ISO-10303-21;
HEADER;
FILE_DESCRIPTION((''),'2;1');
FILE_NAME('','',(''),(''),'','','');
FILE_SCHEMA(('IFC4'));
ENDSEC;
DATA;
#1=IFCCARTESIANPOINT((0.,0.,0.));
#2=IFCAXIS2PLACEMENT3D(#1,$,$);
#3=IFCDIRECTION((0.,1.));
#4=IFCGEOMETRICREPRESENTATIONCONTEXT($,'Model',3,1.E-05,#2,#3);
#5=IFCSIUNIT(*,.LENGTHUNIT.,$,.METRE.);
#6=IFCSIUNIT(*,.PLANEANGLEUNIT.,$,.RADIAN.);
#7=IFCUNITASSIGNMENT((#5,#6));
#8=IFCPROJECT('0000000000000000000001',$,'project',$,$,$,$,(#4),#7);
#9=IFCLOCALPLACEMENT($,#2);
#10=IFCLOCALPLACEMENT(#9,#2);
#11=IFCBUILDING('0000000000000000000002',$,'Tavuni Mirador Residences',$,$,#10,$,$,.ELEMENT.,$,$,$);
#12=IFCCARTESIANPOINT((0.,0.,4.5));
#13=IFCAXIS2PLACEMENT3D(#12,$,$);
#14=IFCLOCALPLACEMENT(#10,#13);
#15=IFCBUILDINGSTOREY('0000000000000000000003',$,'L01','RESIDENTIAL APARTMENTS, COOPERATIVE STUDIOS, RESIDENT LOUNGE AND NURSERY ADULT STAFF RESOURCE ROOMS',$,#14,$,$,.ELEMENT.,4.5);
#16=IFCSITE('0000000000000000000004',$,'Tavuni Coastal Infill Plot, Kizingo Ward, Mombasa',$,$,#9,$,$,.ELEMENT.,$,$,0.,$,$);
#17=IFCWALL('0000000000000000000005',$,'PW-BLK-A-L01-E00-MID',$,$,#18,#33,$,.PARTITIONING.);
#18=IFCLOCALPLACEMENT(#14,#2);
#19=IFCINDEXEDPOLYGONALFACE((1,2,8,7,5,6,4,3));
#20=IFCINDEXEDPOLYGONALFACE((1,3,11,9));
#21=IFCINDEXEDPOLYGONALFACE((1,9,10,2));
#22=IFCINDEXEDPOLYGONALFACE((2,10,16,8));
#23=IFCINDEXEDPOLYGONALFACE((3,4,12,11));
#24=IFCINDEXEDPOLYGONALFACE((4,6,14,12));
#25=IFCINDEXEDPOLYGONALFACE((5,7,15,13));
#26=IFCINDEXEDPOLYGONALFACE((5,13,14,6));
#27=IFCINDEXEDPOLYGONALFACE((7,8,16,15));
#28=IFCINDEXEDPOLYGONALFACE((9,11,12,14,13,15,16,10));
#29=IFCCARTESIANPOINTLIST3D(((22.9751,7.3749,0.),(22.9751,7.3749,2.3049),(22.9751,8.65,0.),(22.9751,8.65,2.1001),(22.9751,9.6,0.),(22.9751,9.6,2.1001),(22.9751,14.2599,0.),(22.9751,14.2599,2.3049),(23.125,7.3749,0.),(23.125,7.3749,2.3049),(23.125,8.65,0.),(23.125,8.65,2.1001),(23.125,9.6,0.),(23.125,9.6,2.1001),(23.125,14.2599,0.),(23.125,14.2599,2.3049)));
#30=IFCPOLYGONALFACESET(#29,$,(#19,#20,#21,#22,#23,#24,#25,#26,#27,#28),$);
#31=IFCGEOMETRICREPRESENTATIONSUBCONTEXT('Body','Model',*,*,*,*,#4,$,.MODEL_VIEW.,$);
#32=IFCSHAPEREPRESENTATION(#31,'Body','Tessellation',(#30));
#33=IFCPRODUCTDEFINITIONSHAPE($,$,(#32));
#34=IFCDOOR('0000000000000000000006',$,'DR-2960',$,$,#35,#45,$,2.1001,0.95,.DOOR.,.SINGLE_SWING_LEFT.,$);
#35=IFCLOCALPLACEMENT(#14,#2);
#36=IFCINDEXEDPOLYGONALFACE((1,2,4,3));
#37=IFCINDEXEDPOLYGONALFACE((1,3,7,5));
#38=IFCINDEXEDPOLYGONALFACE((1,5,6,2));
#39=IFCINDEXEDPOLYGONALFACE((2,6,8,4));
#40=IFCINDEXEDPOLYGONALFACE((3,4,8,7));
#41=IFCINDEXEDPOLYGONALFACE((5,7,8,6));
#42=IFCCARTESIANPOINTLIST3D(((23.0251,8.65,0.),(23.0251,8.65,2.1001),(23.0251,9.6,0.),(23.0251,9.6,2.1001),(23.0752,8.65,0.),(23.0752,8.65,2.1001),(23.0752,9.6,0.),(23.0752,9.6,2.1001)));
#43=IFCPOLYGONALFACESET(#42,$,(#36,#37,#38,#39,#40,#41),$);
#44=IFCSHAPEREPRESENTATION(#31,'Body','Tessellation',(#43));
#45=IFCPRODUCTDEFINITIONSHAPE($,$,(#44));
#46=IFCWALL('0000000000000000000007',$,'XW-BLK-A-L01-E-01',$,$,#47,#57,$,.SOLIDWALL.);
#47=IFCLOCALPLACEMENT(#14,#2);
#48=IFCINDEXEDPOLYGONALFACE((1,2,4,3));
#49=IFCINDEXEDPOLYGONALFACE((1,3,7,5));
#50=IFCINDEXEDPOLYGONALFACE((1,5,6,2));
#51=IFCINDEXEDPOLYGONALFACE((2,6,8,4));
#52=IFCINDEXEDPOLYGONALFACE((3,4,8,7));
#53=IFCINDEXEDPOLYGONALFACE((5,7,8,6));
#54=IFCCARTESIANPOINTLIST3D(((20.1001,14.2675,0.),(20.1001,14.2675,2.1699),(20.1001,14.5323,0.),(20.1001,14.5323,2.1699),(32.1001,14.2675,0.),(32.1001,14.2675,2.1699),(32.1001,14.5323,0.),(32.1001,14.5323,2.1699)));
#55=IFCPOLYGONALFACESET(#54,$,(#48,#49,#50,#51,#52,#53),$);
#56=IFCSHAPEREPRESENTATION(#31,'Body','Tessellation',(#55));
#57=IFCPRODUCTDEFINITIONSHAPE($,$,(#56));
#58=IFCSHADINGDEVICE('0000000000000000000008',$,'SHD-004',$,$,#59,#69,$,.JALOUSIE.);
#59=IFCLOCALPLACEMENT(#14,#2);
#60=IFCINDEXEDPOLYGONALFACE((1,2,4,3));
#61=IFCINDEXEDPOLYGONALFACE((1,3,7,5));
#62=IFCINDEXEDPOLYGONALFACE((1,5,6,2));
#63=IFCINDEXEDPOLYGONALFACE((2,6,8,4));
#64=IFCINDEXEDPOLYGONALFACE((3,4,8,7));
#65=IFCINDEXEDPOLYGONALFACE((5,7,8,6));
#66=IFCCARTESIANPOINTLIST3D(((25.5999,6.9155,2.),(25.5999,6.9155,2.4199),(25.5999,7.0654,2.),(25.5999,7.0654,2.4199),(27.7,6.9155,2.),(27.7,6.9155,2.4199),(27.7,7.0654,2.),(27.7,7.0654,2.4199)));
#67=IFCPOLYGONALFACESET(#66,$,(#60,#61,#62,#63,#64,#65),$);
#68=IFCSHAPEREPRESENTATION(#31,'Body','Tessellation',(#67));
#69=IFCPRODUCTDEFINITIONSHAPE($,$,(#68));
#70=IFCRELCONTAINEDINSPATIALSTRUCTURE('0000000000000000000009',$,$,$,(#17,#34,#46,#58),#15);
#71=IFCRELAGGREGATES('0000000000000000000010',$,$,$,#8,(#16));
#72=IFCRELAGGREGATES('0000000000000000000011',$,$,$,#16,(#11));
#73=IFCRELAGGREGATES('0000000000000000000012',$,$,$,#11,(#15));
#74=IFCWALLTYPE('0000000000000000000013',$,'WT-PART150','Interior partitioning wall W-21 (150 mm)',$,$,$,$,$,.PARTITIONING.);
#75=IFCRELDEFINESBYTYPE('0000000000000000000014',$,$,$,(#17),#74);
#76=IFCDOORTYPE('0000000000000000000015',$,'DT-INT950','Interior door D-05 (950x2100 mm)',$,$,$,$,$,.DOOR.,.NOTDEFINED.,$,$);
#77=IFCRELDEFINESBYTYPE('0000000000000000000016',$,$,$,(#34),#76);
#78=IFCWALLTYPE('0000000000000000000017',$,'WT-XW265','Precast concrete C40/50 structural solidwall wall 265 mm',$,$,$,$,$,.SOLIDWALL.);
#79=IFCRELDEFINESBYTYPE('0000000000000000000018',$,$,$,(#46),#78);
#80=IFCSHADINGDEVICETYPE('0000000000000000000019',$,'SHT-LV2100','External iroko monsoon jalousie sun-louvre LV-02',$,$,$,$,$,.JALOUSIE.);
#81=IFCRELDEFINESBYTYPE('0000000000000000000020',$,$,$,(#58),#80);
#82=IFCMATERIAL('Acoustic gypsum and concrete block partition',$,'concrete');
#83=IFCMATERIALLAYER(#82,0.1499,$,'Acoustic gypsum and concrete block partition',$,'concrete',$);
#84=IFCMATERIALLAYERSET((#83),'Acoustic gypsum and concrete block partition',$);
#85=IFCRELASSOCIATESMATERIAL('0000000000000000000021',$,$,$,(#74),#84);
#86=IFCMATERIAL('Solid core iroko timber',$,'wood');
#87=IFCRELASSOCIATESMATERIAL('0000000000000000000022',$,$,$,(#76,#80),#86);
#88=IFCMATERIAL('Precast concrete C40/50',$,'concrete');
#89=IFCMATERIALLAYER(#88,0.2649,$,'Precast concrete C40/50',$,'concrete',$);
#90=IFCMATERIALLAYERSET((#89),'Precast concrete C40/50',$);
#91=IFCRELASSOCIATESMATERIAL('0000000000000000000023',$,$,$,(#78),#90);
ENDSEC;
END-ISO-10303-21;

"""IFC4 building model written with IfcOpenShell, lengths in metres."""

from ifc_helpers import new_model, si_unit, direction, frame, frame_2d, origin, origin_2d, place, context, subcontext, project, spatial, rectangle, extrude, material, layer, layer_set, type_object, element, fill, save


model = new_model("IFC4")

# Units and contexts
model_context = context("Model", 3, precision=1e-05, world=origin(), true_north=direction((0.0, 1.0)))
body_context = subcontext(model_context, "Body", "Model", "MODEL_VIEW")
ifc_project = project(units=[si_unit("LENGTHUNIT", "METRE"), si_unit("PLANEANGLEUNIT", "RADIAN")], contexts=[model_context])

# Site, building, storey
site_placement = place(None, origin())
site = spatial("IfcSite", under=ifc_project, at=site_placement, Name="Tavuni Coastal Infill Plot, Kizingo Ward, Mombasa", CompositionType="ELEMENT", RefElevation=0.0)
building_placement = place(site_placement, origin())
building = spatial("IfcBuilding", under=site, at=building_placement, Name="Tavuni Mirador Residences", CompositionType="ELEMENT")
storey_placement = place(building_placement, frame((0.0, 0.0, 4.5)))
storey = spatial("IfcBuildingStorey", under=building, at=storey_placement, Name="L01", Description="RESIDENTIAL APARTMENTS, COOPERATIVE STUDIOS, RESIDENT LOUNGE AND NURSERY ADULT STAFF RESOURCE ROOMS", CompositionType="ELEMENT", Elevation=4.5)

# Shared definitions
ifc_material_1 = material(Name="Precast concrete C40/50", Category="concrete")

# Shared definitions
ifc_material_2 = material(Name="Solid core iroko timber", Category="wood")

# Wall, opening, door
ifc_material_3 = material(Name="Acoustic gypsum and concrete block partition", Category="concrete")
ifc_layer_1 = layer(ifc_material_3, 0.1499, Name="Acoustic gypsum and concrete block partition", Category="concrete")
ifc_layer_set_1 = layer_set([ifc_layer_1], Name="Acoustic gypsum and concrete block partition")
wall_type_1 = type_object("IfcWallType", Name="WT-PART150", Description="Interior partitioning wall W-21 (150 mm)", PredefinedType="PARTITIONING", material=ifc_layer_set_1)
wall_1_placement = place(storey_placement, frame((23.05, 7.375, 0.0), z_axis=(0.0, 0.0, 1.0), x_axis=(0.0, 1.0, 0.0)))
wall_1 = element("IfcWall", 1, at=wall_1_placement, inside=storey, type_object=wall_type_1, Name="PW-BLK-A-L01-E00-MID", PredefinedType="PARTITIONING", context=body_context, shape_type="SweptSolid", body=[
    extrude(rectangle(XDim=6.885, YDim=0.1499, at=frame_2d((3.4424, 0.0))), origin(), (0.0, 0.0, 1.0), 2.3049),
])
opening_1_placement = place(wall_1_placement, frame((1.2749, 0.0, 0.0)))
opening_1 = element("IfcOpeningElement", 2, at=opening_1_placement, cuts=wall_1, PredefinedType="OPENING", context=body_context, shape_type="SweptSolid", body=[
    extrude(rectangle(XDim=0.95, YDim=2.1001, at=frame_2d((0.4751, 1.05))), frame((0.0, 0.085, 0.0), z_axis=(0.0, -1.0, 0.0), x_axis=(1.0, 0.0, 0.0)), (0.0, 0.0, 1.0), 0.1699),
])
door_type_1 = type_object("IfcDoorType", Name="DT-INT950", Description="Interior door D-05 (950x2100 mm)", OperationType="NOTDEFINED", PredefinedType="DOOR", material=ifc_material_2)
door_1_placement = place(opening_1_placement, origin())
door_1 = element("IfcDoor", 3, at=door_1_placement, inside=storey, type_object=door_type_1, Name="DR-2960", OperationType="SINGLE_SWING_LEFT", OverallHeight=2.1001, OverallWidth=0.95, PredefinedType="DOOR", context=body_context, shape_type="SweptSolid", body=[
    extrude(rectangle(XDim=0.95, YDim=2.1001, at=frame_2d((0.4751, 1.05))), frame((0.0, 0.0249, 0.0), z_axis=(0.0, -1.0, 0.0), x_axis=(1.0, 0.0, 0.0)), (0.0, 0.0, 1.0), 0.05),
])
fill(opening_1, door_1)

# Wall
ifc_layer_2 = layer(ifc_material_1, 0.2649, Name="Precast concrete C40/50", Category="concrete")
ifc_layer_set_2 = layer_set([ifc_layer_2], Name="Precast concrete C40/50")
wall_type_2 = type_object("IfcWallType", Name="WT-XW265", Description="Precast concrete C40/50 structural solidwall wall 265 mm", PredefinedType="SOLIDWALL", material=ifc_layer_set_2)
wall_2_placement = place(storey_placement, frame((20.1001, 14.3999, 0.0), z_axis=(0.0, 0.0, 1.0), x_axis=(1.0, 0.0, 0.0)))
element("IfcWall", 4, at=wall_2_placement, inside=storey, type_object=wall_type_2, Name="XW-BLK-A-L01-E-01", PredefinedType="SOLIDWALL", context=body_context, shape_type="SweptSolid", body=[
    extrude(rectangle(XDim=12.0, YDim=0.2649, at=frame_2d((6.0, 0.0))), origin(), (0.0, 0.0, 1.0), 2.1699),
])

# Shading device
shading_device_type = type_object("IfcShadingDeviceType", Name="SHT-LV2100", Description="External iroko monsoon jalousie sun-louvre LV-02", PredefinedType="JALOUSIE", material=ifc_material_2)
shading_device_placement = place(storey_placement, frame((26.6499, 6.9905, 2.0), z_axis=(0.0, 0.0, 1.0), x_axis=(1.0, 0.0, 0.0)))
element("IfcShadingDevice", 5, at=shading_device_placement, inside=storey, type_object=shading_device_type, Name="SHD-004", PredefinedType="JALOUSIE", context=body_context, shape_type="SweptSolid", body=[
    extrude(rectangle(XDim=2.1001, YDim=0.1499, at=origin_2d()), origin(), (0.0, 0.0, 1.0), 0.4199),
])

save(model, "model.ifc")
